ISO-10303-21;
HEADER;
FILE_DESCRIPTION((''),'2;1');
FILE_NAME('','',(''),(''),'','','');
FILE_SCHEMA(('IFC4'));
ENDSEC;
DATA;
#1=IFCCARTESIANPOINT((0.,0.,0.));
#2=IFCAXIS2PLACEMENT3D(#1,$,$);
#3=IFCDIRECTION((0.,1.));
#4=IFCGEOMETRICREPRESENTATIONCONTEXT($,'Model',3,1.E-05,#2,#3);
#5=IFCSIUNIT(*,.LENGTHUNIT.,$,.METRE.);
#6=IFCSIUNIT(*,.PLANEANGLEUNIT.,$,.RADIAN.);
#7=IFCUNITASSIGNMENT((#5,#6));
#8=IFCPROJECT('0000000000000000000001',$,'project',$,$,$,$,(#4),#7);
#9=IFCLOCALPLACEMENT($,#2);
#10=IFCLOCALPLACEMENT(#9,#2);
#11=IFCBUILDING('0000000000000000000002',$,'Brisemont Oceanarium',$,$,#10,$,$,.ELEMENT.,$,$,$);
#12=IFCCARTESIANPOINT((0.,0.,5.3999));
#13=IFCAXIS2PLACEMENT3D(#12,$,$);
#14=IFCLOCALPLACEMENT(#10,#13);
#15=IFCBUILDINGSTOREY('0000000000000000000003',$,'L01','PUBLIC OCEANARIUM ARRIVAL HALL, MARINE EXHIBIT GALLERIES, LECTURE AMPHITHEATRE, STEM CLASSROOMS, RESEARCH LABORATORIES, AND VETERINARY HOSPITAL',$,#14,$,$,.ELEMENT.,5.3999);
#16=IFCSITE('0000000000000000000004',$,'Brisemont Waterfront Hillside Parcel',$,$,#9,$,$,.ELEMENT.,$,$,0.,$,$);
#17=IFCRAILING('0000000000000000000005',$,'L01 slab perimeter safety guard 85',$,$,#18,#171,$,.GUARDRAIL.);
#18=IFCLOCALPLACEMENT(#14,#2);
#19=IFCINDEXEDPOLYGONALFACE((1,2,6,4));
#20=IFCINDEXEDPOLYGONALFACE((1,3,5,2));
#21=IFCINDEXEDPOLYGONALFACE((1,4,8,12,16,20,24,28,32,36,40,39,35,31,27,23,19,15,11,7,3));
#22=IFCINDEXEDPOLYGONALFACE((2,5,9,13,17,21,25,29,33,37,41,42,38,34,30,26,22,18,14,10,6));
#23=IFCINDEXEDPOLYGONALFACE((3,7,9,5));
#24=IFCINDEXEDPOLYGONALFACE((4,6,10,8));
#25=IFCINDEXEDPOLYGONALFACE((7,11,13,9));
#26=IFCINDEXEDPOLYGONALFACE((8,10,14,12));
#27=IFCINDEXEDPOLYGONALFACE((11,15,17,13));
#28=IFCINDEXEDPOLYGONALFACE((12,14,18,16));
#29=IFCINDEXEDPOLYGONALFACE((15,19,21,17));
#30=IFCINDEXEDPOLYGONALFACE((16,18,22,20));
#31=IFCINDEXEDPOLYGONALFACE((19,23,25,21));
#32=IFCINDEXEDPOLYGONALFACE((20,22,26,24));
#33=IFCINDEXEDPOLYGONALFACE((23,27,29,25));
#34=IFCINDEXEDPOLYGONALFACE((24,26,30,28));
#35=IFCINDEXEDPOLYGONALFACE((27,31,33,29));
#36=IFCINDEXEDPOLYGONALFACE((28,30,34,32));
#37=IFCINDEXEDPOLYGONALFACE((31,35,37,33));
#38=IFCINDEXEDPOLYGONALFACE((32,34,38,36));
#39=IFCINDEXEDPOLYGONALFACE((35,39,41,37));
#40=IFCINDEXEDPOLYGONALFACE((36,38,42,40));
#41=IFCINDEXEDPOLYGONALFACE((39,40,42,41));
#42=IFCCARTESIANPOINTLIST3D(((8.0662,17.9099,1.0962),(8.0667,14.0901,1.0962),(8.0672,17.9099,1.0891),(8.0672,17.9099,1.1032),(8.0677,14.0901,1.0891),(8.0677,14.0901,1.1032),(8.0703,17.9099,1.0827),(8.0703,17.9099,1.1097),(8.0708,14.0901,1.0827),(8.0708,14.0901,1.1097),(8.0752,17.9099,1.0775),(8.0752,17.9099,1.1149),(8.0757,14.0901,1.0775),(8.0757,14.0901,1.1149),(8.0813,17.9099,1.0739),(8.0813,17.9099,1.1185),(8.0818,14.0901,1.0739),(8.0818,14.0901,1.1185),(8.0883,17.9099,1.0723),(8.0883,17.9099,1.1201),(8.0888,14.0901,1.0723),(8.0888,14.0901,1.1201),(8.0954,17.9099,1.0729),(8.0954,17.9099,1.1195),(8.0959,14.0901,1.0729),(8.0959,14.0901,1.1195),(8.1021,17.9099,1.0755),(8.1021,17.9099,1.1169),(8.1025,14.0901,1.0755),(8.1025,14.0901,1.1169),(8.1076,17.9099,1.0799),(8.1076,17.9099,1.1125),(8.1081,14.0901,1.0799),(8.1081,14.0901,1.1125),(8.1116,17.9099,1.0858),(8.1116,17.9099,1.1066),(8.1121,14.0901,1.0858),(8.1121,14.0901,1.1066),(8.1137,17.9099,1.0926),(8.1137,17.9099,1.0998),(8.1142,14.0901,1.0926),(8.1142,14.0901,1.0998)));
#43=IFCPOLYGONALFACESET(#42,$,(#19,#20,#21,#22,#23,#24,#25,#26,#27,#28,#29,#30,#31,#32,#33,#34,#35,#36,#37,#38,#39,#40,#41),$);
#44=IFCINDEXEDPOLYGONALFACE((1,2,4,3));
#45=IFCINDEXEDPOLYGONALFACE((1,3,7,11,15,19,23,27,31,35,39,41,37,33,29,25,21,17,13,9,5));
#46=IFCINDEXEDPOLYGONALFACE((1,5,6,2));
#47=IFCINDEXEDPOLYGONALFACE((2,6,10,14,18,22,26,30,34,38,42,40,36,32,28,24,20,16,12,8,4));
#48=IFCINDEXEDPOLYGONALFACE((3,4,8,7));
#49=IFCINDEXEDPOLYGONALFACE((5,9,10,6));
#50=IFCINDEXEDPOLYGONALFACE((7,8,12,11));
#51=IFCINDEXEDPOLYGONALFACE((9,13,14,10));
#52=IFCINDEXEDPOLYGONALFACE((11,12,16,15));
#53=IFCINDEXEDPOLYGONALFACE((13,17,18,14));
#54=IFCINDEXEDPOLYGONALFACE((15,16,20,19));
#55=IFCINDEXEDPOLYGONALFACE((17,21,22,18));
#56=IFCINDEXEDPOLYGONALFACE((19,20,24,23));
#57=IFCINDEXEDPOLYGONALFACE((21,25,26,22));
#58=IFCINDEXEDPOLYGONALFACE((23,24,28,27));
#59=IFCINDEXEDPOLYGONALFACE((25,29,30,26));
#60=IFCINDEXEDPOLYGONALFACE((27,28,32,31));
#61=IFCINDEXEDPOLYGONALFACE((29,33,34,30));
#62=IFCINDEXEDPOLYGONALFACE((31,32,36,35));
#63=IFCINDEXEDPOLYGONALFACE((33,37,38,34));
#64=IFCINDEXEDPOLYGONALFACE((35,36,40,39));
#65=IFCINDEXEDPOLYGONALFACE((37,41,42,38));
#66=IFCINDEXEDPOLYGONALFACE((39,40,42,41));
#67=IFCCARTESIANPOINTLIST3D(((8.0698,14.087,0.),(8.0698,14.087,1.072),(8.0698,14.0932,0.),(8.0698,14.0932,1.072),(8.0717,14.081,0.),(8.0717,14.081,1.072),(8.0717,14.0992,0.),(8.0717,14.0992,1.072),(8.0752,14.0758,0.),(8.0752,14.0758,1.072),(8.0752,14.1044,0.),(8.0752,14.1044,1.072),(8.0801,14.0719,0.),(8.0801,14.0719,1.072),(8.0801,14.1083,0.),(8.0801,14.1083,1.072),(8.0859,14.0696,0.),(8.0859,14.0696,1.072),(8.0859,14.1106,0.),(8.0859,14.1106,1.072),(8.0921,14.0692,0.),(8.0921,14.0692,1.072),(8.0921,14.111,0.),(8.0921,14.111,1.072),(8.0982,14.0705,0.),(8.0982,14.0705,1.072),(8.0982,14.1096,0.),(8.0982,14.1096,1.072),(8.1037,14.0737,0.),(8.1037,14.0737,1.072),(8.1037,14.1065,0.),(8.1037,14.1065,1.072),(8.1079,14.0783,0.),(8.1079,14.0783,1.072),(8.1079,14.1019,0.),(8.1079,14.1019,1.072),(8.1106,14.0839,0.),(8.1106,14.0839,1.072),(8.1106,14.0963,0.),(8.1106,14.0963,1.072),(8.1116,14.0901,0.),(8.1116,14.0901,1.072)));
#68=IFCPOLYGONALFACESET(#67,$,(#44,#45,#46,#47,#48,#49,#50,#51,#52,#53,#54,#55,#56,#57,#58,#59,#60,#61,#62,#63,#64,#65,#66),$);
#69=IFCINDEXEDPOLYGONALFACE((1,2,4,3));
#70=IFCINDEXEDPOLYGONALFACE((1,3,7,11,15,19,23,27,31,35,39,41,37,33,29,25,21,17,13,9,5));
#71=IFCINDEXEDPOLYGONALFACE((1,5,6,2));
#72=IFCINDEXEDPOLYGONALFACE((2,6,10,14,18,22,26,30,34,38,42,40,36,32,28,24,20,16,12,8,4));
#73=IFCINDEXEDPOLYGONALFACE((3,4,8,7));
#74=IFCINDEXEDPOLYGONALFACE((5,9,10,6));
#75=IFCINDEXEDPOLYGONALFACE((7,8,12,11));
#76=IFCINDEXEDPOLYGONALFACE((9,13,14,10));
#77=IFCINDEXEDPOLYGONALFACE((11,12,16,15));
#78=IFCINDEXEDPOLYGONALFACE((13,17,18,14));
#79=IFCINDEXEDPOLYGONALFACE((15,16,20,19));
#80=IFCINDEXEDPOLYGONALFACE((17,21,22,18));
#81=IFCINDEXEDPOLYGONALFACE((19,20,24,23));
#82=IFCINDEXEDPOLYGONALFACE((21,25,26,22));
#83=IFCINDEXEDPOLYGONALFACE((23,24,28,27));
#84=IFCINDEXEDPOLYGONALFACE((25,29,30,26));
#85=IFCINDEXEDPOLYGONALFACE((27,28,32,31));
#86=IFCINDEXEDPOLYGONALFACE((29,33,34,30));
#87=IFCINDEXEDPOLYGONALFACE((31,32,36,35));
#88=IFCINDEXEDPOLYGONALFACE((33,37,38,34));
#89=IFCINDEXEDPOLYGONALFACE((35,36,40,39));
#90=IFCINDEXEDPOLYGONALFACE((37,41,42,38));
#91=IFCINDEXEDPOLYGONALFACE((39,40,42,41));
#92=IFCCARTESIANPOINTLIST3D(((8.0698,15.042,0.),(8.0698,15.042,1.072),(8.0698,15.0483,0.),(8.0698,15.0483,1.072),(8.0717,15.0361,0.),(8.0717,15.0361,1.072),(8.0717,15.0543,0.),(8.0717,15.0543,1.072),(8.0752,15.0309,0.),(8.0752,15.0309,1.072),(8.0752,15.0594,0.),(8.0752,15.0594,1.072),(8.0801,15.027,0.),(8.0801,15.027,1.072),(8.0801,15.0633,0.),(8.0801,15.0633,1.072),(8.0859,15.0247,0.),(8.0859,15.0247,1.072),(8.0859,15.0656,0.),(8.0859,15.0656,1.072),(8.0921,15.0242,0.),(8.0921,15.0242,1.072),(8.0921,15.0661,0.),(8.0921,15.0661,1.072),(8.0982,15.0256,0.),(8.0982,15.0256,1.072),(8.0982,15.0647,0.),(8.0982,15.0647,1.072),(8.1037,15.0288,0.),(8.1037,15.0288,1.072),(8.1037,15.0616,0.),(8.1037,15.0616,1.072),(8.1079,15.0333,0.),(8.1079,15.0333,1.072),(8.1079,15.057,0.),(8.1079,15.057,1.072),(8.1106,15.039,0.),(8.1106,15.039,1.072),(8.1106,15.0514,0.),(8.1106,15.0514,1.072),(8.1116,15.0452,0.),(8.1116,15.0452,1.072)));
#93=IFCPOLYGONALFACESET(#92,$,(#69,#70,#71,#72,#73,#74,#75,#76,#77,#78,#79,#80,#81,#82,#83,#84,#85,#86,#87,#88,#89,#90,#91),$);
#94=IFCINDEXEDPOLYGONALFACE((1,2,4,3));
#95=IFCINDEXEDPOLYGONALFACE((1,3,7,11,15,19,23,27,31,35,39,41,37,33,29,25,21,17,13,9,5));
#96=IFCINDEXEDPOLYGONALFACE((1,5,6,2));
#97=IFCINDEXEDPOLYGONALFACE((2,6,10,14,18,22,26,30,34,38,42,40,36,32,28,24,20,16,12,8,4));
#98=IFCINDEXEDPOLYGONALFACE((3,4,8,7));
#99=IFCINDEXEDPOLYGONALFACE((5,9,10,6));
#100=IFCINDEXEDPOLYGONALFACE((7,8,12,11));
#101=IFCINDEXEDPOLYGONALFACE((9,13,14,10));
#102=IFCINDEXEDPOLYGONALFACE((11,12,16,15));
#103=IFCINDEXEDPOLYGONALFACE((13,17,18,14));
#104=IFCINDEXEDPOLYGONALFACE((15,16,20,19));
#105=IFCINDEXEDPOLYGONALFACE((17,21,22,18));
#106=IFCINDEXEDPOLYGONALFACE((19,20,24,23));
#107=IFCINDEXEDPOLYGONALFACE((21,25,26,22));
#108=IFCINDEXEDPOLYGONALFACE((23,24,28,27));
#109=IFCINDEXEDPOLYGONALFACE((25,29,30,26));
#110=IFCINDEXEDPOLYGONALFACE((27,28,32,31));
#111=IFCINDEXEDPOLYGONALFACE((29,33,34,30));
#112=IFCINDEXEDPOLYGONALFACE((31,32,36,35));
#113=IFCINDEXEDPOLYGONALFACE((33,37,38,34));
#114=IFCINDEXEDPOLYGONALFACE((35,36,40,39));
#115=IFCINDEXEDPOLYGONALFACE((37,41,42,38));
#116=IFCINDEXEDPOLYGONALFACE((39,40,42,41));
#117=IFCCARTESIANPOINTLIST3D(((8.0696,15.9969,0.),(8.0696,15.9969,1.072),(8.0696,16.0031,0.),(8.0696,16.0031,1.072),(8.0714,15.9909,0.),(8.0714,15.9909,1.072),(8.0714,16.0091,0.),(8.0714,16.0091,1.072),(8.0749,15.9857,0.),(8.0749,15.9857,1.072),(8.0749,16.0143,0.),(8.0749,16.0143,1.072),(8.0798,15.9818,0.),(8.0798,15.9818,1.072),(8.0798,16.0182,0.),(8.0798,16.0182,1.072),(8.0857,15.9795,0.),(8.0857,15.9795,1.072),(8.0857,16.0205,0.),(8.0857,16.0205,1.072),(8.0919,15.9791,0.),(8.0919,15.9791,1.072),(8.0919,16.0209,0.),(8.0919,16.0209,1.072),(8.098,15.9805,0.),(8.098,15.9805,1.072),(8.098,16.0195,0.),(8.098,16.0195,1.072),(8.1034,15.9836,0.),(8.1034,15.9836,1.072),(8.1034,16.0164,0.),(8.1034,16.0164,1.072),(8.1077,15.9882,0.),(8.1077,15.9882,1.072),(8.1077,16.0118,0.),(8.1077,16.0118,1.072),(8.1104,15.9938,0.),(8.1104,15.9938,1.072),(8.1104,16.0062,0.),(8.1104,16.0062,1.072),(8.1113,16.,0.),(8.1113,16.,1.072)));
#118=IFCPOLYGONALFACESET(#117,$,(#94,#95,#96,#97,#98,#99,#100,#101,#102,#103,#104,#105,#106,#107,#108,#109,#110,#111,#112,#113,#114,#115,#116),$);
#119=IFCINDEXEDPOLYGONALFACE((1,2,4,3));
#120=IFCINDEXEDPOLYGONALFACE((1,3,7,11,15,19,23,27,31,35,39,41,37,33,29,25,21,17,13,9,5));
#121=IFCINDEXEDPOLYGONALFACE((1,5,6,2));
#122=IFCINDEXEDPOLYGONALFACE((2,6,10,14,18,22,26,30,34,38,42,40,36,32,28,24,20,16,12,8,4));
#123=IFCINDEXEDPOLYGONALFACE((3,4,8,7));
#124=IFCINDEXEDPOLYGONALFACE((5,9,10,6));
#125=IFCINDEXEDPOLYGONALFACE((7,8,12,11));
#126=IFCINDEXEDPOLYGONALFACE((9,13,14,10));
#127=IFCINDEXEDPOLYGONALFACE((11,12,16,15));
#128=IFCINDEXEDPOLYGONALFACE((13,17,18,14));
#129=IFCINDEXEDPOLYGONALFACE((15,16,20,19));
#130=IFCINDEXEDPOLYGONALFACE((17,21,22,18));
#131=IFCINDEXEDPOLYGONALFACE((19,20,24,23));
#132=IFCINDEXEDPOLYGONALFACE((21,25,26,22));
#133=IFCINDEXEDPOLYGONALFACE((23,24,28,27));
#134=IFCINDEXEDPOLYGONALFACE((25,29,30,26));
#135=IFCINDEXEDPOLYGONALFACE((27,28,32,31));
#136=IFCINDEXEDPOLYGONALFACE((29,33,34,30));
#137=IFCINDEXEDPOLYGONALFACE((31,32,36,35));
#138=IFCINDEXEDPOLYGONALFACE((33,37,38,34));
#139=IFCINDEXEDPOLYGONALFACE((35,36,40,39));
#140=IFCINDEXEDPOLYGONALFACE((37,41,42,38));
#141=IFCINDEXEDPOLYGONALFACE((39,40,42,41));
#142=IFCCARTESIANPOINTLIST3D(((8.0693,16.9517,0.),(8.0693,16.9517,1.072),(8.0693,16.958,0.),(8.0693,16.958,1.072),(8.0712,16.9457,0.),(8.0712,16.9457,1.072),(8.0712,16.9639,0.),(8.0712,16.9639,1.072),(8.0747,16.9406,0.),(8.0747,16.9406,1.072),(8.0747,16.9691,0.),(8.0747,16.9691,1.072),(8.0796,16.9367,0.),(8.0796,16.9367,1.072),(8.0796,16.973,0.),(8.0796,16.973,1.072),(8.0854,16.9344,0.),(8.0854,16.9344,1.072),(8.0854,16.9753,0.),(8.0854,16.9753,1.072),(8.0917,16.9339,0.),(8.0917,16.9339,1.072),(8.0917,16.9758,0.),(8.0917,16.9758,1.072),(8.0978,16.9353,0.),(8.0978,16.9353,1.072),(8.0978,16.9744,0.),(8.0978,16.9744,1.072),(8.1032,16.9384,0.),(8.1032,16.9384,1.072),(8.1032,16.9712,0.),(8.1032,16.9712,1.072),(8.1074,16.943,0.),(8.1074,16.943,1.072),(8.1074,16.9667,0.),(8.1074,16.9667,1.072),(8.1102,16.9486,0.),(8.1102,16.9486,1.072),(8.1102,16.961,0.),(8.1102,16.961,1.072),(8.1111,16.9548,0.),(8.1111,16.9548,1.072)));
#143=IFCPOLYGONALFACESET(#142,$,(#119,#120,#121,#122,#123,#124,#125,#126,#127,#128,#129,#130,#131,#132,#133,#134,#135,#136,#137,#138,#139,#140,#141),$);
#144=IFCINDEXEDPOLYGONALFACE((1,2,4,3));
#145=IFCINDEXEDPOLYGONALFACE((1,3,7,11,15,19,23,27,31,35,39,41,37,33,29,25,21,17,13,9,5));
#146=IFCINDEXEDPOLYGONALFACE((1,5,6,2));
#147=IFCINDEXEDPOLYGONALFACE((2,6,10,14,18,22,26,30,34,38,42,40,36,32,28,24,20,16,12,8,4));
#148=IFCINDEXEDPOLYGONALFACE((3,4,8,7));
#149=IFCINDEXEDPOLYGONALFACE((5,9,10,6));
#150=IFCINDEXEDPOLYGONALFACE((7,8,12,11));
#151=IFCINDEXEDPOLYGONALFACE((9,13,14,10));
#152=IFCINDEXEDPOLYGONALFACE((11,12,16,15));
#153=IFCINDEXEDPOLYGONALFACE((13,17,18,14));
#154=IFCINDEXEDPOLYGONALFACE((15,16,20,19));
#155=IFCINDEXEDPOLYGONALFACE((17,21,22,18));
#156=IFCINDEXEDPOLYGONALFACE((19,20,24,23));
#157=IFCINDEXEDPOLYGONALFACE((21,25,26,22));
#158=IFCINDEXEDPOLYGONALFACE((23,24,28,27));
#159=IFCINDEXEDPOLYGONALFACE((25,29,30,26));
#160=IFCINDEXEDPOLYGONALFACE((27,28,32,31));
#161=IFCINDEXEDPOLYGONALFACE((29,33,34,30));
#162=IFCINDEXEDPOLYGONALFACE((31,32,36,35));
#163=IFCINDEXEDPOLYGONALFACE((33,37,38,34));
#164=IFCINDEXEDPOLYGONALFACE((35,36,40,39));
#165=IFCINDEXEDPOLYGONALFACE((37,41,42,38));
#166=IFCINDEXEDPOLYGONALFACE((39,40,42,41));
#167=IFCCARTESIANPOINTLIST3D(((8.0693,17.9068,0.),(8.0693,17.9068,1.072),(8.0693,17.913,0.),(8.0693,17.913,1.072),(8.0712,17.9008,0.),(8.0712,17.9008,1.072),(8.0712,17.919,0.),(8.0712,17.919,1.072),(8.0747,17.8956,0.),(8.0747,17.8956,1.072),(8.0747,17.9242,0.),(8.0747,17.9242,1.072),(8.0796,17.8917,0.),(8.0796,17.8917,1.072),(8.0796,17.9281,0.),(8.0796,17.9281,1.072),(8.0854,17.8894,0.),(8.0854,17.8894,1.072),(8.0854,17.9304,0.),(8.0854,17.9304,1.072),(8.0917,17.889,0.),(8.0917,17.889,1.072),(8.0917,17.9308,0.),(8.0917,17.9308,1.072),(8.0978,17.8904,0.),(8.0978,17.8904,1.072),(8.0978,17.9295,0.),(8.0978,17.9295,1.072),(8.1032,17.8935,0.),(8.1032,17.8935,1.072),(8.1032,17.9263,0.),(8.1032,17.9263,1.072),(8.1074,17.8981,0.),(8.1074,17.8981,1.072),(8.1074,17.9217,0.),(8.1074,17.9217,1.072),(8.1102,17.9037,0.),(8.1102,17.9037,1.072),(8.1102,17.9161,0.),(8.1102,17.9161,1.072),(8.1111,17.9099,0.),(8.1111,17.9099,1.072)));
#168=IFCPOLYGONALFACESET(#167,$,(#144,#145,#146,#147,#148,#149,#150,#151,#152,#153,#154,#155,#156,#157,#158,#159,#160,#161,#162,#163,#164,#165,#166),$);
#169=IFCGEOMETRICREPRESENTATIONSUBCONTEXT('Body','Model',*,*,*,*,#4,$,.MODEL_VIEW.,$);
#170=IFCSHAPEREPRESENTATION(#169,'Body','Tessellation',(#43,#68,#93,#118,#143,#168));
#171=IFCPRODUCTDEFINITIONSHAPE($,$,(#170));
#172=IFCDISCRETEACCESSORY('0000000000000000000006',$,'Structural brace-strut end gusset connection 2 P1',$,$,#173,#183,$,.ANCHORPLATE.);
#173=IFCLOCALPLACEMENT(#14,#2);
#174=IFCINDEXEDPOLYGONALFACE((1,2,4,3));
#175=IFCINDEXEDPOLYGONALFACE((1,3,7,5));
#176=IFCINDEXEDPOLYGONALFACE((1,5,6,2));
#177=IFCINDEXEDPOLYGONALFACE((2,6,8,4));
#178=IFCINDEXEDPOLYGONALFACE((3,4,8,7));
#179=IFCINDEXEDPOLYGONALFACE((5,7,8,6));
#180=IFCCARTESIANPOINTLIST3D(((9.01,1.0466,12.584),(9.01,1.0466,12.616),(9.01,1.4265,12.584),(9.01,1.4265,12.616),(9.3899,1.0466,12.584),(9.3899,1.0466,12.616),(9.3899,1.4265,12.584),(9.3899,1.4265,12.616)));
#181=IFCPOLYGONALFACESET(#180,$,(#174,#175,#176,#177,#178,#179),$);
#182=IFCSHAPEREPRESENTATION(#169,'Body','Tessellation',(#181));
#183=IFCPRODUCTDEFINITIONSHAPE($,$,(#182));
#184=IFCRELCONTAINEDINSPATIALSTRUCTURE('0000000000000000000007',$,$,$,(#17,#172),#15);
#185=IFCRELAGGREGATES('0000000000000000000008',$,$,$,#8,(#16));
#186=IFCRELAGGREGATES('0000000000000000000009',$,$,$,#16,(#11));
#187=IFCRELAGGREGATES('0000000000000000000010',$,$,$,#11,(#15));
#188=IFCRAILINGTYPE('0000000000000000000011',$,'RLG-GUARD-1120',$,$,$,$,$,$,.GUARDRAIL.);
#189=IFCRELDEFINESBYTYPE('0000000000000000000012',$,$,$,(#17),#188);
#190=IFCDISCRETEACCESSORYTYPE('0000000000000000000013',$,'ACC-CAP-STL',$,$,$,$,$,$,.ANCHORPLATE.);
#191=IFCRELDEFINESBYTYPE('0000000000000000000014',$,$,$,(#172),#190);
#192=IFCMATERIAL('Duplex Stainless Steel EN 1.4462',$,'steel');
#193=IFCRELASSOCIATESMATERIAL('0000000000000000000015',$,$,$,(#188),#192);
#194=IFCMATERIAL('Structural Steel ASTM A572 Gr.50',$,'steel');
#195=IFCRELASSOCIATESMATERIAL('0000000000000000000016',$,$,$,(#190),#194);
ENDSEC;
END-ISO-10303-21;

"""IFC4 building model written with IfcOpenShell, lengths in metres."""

from ifc_helpers import new_model, si_unit, direction, frame, origin, origin_2d, place, context, subcontext, project, spatial, rectangle, circle, extrude, material, type_object, element, save


model = new_model("IFC4")

# Units and contexts
model_context = context("Model", 3, precision=1e-05, world=origin(), true_north=direction((0.0, 1.0)))
body_context = subcontext(model_context, "Body", "Model", "MODEL_VIEW")
ifc_project = project(units=[si_unit("LENGTHUNIT", "METRE"), si_unit("PLANEANGLEUNIT", "RADIAN")], contexts=[model_context])

# Site, building, storey
site_placement = place(None, origin())
site = spatial("IfcSite", under=ifc_project, at=site_placement, Name="Brisemont Waterfront Hillside Parcel", CompositionType="ELEMENT", RefElevation=0.0)
building_placement = place(site_placement, origin())
building = spatial("IfcBuilding", under=site, at=building_placement, Name="Brisemont Oceanarium", CompositionType="ELEMENT")
storey_placement = place(building_placement, frame((0.0, 0.0, 5.3999)))
storey = spatial("IfcBuildingStorey", under=building, at=storey_placement, Name="L01", Description="PUBLIC OCEANARIUM ARRIVAL HALL, MARINE EXHIBIT GALLERIES, LECTURE AMPHITHEATRE, STEM CLASSROOMS, RESEARCH LABORATORIES, AND VETERINARY HOSPITAL", CompositionType="ELEMENT", Elevation=5.3999)

# Railing
ifc_material_1 = material(Name="Duplex Stainless Steel EN 1.4462", Category="steel")
railing_type = type_object("IfcRailingType", Name="RLG-GUARD-1120", PredefinedType="GUARDRAIL", material=ifc_material_1)
railing_placement = place(storey_placement, frame((8.0906, 14.0901, 0.0)))
element("IfcRailing", 1, at=railing_placement, inside=storey, type_object=railing_type, Name="L01 slab perimeter safety guard 85", PredefinedType="GUARDRAIL", context=body_context, shape_type="SweptSolid", body=[
    extrude(circle(Radius=0.0239, at=origin_2d()), frame((0.0, 0.0, 1.0962), z_axis=(-0.000128, 1.0, 0.0), x_axis=(-1.0, -0.000128, 0.0)), (0.0, 0.0, 1.0), 3.8198),
    extrude(circle(Radius=0.021, at=origin_2d()), origin(), (0.0, 0.0, 1.0), 1.072),
    extrude(circle(Radius=0.021, at=origin_2d()), frame((0.0, 0.9551, 0.0)), (0.0, 0.0, 1.0), 1.072),
    extrude(circle(Radius=0.021, at=origin_2d()), frame((-0.0002, 1.9099, 0.0)), (0.0, 0.0, 1.0), 1.072),
    extrude(circle(Radius=0.021, at=origin_2d()), frame((-0.0005, 2.8647, 0.0)), (0.0, 0.0, 1.0), 1.072),
    extrude(circle(Radius=0.021, at=origin_2d()), frame((-0.0005, 3.8198, 0.0)), (0.0, 0.0, 1.0), 1.072),
])

# Discrete accessory
ifc_material_2 = material(Name="Structural Steel ASTM A572 Gr.50", Category="steel")
discrete_accessory_type = type_object("IfcDiscreteAccessoryType", Name="ACC-CAP-STL", PredefinedType="ANCHORPLATE", material=ifc_material_2)
discrete_accessory_placement = place(storey_placement, frame((9.2, 1.2366, 12.584), z_axis=(0.0, 0.0, 1.0), x_axis=(1.0, 0.0, 0.0)))
element("IfcDiscreteAccessory", 2, at=discrete_accessory_placement, inside=storey, type_object=discrete_accessory_type, Name="Structural brace-strut end gusset connection 2 P1", PredefinedType="ANCHORPLATE", context=body_context, shape_type="SweptSolid", body=[
    extrude(rectangle(XDim=0.3799, YDim=0.3799, at=origin_2d()), origin(), (0.0, 0.0, 1.0), 0.032),
])

save(model, "model.ifc")
